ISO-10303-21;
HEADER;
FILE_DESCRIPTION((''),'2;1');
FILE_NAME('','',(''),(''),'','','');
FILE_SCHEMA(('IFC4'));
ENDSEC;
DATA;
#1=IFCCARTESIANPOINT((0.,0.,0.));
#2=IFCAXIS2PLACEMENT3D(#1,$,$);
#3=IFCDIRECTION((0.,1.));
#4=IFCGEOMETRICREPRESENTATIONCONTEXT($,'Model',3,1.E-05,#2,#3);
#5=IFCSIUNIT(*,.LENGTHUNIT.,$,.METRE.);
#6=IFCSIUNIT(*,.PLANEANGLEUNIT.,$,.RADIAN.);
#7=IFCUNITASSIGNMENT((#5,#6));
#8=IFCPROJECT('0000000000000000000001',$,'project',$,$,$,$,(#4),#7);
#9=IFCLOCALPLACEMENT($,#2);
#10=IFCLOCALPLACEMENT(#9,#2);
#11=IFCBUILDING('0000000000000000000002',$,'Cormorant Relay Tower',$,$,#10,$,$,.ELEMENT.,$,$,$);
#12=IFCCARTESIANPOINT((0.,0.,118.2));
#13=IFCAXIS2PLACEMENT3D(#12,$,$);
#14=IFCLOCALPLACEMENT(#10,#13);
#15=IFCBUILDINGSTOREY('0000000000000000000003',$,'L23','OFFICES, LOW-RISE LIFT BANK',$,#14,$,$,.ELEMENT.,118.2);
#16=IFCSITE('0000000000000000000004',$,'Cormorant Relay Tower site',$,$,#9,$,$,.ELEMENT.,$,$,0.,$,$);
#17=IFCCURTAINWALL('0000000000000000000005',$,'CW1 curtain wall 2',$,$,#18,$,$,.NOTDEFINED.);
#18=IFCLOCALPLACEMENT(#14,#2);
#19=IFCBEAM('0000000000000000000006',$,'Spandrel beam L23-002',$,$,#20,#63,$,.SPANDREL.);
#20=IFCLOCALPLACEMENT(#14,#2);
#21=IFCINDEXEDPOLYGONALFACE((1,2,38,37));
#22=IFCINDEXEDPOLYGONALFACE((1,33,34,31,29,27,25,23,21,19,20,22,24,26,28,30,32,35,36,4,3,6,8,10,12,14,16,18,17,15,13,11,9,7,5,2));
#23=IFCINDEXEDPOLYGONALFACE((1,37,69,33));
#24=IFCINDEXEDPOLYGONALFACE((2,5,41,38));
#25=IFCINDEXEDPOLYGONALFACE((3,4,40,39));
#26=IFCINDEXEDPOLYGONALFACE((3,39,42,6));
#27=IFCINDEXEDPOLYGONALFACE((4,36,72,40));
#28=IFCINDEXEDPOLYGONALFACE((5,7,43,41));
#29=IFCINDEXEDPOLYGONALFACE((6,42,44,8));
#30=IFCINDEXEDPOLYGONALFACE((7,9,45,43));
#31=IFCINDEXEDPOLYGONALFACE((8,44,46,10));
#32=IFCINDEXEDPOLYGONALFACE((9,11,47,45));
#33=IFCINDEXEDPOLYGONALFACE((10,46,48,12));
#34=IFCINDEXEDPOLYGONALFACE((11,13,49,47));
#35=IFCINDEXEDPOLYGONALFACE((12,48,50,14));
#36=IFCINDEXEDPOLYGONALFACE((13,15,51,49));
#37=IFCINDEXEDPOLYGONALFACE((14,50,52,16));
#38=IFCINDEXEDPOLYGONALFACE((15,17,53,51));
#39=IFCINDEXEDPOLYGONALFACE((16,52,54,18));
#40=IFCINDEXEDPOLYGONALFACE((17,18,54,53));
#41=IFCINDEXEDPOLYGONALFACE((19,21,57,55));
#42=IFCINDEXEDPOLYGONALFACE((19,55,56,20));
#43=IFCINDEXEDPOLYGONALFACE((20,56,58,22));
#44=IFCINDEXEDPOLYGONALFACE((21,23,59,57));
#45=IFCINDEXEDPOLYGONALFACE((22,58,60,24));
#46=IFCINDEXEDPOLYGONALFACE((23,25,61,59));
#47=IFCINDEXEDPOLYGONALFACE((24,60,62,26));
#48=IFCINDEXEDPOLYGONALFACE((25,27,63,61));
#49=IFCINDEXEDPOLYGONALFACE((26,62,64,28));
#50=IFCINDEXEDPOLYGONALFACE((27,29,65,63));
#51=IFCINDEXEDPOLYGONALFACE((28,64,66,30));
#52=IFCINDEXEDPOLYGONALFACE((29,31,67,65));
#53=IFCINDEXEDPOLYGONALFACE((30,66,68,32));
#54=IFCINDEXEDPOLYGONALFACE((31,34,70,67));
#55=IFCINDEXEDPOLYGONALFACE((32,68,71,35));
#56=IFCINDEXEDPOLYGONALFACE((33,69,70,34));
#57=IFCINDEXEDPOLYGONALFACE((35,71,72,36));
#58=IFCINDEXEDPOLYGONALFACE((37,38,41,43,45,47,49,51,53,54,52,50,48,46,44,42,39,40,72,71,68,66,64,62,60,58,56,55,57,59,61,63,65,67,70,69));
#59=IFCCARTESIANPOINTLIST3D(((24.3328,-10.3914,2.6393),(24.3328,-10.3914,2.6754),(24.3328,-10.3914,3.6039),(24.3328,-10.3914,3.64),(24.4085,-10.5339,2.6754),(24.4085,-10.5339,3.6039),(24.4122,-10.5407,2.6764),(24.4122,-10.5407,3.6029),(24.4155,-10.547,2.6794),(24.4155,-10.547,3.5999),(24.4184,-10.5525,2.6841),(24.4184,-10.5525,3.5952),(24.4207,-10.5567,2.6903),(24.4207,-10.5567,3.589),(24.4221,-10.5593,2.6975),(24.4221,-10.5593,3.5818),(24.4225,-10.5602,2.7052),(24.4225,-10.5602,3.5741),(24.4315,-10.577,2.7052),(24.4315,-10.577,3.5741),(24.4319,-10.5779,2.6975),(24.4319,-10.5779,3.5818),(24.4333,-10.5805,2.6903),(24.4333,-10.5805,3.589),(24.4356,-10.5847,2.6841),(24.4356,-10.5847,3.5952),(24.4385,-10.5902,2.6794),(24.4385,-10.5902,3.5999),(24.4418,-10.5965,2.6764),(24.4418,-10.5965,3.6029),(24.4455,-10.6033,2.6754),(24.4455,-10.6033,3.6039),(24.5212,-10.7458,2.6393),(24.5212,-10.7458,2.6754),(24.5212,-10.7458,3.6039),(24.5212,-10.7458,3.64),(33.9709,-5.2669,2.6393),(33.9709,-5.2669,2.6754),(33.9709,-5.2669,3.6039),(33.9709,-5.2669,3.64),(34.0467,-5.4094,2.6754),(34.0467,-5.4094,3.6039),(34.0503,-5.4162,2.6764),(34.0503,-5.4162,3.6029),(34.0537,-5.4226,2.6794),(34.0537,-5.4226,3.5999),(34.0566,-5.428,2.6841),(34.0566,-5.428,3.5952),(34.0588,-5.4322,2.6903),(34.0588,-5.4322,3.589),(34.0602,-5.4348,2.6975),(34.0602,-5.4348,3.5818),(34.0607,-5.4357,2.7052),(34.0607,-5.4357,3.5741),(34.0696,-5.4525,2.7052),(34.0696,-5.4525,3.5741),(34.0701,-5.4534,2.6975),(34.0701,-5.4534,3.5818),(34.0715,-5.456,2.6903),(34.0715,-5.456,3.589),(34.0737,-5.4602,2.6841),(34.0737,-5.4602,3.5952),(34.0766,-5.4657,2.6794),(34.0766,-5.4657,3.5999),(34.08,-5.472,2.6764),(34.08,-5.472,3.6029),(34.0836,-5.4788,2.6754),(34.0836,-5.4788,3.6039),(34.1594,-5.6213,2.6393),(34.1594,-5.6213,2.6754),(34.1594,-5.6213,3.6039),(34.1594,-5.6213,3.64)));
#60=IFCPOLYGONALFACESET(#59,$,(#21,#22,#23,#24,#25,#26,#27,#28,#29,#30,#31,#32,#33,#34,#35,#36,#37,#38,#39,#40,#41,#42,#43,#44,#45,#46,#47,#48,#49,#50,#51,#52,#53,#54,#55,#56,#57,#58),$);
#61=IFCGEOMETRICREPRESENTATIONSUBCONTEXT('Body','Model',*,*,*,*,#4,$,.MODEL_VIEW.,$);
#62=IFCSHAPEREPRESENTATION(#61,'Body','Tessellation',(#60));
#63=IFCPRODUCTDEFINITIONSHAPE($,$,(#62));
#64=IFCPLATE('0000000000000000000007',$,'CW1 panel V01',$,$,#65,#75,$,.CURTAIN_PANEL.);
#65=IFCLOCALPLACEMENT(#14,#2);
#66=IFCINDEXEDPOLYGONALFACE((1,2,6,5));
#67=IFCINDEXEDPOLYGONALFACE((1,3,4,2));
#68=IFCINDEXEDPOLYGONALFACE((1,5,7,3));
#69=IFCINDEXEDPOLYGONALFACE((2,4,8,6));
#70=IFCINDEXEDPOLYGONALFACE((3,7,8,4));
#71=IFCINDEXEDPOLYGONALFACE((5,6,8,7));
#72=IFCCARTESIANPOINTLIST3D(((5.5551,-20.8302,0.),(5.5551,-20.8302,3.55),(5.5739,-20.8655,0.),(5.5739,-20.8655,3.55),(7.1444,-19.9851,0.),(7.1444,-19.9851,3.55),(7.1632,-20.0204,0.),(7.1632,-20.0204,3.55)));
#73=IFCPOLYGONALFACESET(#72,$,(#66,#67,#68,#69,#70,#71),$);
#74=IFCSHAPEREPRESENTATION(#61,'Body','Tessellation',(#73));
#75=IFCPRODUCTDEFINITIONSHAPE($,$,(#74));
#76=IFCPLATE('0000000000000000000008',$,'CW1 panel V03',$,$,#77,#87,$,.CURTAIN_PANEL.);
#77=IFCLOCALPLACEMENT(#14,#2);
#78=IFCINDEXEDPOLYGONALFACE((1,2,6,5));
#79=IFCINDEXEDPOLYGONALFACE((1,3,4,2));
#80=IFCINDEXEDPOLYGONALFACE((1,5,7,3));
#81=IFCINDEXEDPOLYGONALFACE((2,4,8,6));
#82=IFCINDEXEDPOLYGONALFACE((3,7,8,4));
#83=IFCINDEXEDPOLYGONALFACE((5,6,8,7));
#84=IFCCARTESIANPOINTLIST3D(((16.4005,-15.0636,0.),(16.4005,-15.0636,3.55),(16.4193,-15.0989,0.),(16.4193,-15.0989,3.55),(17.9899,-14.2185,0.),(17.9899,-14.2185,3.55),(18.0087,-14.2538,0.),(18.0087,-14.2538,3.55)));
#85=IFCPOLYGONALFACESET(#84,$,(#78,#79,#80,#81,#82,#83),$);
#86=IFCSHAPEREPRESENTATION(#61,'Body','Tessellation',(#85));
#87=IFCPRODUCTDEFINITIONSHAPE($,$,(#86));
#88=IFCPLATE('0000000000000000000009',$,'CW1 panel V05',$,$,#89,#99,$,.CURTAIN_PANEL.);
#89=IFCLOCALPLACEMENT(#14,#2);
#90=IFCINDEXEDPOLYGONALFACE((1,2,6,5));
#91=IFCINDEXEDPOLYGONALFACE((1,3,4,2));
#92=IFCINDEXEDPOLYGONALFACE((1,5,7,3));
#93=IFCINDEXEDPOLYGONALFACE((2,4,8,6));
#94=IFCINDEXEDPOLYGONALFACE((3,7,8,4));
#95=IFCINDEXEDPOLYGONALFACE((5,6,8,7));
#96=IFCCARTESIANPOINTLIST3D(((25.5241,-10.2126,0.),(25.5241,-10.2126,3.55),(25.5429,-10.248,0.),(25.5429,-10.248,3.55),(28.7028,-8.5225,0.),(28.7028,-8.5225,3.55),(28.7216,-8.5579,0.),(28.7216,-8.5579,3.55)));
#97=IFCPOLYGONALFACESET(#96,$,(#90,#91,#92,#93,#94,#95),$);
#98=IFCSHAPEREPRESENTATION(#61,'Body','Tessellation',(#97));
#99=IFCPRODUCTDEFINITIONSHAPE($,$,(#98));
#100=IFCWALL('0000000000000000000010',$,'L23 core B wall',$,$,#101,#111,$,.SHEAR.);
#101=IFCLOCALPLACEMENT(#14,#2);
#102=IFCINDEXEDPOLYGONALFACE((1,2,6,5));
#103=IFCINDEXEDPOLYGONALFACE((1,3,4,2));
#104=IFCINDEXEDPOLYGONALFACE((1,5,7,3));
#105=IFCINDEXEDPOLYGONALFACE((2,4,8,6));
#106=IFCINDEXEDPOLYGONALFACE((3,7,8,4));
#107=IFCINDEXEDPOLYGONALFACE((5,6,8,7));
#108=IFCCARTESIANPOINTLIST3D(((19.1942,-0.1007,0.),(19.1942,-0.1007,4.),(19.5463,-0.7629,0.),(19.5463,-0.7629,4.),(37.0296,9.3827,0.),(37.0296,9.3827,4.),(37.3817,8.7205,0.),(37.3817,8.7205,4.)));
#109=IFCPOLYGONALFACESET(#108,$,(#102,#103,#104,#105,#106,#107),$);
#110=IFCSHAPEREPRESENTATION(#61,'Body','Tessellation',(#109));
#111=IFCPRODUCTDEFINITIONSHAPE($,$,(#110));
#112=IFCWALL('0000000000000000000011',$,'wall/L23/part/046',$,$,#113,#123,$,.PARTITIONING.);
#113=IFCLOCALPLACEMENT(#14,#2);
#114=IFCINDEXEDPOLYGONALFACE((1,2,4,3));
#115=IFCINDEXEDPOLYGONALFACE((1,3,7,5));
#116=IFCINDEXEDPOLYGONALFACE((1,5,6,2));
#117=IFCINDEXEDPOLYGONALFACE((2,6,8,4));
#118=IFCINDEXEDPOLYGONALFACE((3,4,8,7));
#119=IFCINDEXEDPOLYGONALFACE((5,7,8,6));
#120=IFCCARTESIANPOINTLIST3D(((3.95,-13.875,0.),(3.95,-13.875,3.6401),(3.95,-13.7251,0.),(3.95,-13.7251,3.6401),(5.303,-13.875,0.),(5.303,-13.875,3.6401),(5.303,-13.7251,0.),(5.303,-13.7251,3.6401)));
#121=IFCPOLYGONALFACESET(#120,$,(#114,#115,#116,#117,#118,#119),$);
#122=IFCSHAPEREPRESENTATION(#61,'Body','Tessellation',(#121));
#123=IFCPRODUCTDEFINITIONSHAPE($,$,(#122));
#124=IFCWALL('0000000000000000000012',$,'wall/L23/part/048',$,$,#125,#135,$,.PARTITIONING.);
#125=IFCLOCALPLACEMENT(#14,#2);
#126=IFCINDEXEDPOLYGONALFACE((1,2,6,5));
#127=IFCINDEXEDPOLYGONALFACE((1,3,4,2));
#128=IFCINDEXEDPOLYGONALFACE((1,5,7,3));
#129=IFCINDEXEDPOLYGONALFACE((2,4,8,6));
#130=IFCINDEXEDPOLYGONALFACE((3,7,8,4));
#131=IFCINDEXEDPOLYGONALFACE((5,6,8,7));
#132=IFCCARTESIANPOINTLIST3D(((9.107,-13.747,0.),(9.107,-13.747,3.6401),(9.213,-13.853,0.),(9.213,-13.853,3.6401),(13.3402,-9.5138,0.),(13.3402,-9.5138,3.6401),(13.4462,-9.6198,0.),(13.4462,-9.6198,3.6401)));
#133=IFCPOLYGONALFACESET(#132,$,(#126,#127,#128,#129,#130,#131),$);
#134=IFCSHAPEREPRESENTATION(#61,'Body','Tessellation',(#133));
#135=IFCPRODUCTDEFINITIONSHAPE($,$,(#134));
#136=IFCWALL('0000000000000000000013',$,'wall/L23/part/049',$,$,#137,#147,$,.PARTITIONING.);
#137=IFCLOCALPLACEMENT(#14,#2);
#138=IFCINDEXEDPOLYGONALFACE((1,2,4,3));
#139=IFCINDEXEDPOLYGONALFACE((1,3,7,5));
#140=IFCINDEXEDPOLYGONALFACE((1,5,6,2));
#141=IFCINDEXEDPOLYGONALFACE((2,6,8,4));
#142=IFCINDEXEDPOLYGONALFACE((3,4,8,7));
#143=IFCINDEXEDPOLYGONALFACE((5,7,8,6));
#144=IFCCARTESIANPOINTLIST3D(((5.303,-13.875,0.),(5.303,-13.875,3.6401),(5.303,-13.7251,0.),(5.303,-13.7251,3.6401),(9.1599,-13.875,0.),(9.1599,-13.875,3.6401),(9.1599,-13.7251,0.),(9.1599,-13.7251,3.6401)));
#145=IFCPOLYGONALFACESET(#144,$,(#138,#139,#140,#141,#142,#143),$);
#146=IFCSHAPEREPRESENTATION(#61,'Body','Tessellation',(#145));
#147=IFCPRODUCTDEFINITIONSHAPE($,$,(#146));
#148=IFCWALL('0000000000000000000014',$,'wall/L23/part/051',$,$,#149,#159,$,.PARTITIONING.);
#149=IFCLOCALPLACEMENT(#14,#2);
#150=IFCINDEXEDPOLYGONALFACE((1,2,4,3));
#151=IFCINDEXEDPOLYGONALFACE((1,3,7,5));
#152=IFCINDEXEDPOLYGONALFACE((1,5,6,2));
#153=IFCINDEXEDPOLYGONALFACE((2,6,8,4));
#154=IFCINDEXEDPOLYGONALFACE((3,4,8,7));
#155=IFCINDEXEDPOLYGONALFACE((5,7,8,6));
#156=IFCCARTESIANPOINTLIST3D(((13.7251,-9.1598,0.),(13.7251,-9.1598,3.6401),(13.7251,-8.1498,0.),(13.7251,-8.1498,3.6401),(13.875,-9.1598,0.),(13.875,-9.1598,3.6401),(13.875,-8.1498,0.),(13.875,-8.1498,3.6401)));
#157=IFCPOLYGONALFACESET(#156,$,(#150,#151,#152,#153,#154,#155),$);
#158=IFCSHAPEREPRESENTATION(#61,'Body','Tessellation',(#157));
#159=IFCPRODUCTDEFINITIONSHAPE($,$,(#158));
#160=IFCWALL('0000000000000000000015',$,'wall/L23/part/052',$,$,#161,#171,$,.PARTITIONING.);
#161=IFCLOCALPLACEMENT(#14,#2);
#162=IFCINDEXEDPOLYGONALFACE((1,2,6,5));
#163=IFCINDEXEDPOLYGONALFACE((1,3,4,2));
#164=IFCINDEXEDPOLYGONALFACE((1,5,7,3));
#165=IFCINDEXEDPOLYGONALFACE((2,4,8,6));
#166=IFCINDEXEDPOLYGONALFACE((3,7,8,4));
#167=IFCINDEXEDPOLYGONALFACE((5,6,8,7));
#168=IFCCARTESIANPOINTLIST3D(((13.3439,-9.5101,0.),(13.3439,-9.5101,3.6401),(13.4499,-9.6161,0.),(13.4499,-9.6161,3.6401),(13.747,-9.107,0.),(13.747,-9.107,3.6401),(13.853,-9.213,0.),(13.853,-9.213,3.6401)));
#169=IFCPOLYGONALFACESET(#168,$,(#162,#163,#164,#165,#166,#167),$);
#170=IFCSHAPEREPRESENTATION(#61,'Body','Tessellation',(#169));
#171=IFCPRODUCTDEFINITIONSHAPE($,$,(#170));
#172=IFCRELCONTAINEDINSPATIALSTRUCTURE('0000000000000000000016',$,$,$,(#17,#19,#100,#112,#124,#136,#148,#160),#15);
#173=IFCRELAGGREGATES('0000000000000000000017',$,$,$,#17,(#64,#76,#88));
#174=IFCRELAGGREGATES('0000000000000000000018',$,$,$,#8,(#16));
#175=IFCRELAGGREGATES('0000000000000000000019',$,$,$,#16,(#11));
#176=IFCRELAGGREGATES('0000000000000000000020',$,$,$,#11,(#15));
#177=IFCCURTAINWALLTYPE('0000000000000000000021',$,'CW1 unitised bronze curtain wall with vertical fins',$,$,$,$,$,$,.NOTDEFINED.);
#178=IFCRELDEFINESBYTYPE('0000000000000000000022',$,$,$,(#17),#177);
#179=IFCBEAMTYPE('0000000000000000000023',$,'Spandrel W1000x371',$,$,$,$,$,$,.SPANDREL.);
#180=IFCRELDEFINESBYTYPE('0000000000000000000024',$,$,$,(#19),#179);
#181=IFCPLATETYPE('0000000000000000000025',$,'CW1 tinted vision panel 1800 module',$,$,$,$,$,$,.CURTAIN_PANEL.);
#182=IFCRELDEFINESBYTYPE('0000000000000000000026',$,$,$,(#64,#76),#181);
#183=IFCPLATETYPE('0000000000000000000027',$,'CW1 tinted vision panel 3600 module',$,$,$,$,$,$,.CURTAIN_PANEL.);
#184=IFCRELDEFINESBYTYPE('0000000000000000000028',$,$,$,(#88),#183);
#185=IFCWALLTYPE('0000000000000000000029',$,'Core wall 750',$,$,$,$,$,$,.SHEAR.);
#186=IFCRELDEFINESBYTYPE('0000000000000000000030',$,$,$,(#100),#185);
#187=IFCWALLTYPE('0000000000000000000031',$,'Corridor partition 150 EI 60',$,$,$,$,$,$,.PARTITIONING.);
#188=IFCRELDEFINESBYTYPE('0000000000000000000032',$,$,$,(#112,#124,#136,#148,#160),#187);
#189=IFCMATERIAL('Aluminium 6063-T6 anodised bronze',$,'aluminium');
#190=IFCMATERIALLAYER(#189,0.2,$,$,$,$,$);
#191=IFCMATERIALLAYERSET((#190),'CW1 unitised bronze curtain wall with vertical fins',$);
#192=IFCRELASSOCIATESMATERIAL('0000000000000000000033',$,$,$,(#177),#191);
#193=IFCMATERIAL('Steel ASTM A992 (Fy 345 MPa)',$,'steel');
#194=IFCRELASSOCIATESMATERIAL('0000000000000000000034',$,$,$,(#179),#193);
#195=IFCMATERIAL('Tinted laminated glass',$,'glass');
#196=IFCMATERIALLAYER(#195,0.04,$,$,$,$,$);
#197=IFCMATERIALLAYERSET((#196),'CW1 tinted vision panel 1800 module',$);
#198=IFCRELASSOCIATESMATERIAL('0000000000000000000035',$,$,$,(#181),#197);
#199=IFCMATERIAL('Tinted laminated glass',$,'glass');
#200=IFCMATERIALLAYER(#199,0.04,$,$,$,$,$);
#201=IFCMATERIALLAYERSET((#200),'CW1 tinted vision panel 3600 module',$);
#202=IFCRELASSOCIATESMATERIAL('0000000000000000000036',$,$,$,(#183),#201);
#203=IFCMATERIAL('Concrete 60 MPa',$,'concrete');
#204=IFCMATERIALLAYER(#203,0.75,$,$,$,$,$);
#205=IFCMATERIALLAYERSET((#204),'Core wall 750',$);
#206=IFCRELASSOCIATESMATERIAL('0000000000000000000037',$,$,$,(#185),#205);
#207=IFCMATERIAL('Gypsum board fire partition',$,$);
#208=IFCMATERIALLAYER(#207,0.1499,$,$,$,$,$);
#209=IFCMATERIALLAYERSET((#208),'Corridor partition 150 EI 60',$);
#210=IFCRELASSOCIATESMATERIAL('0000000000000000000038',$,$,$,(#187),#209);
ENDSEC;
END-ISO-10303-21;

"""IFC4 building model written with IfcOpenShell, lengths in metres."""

from ifc_helpers import new_model, si_unit, direction, frame, frame_2d, origin, origin_2d, place, context, subcontext, project, spatial, rectangle, i_section, extrude, material, layer, layer_set, material_profile, profile_set, type_object, element, aggregate, save


model = new_model("IFC4")

# Units and contexts
model_context = context("Model", 3, precision=1e-05, world=origin(), true_north=direction((0.0, 1.0)))
body_context = subcontext(model_context, "Body", "Model", "MODEL_VIEW")
ifc_project = project(units=[si_unit("LENGTHUNIT", "METRE"), si_unit("PLANEANGLEUNIT", "RADIAN")], contexts=[model_context])

# Site, building, storey
site_placement = place(None, origin())
site = spatial("IfcSite", under=ifc_project, at=site_placement, Name="Cormorant Relay Tower site", CompositionType="ELEMENT", RefElevation=0.0)
building_placement = place(site_placement, origin())
building = spatial("IfcBuilding", under=site, at=building_placement, Name="Cormorant Relay Tower", CompositionType="ELEMENT")
storey_placement = place(building_placement, frame((0.0, 0.0, 118.2)))
storey = spatial("IfcBuildingStorey", under=building, at=storey_placement, Name="L23", Description="OFFICES, LOW-RISE LIFT BANK", CompositionType="ELEMENT", Elevation=118.2)

# Curtain wall
ifc_material_1 = material(Name="Aluminium 6063-T6 anodised bronze", Category="aluminium")
ifc_layer_1 = layer(ifc_material_1, 0.2)
ifc_layer_set_1 = layer_set([ifc_layer_1], Name="CW1 unitised bronze curtain wall with vertical fins")
curtain_wall_type = type_object("IfcCurtainWallType", Name="CW1 unitised bronze curtain wall with vertical fins", PredefinedType="NOTDEFINED", material=ifc_layer_set_1)
curtain_wall_placement = place(storey_placement, origin())
curtain_wall = element("IfcCurtainWall", 1, at=curtain_wall_placement, inside=storey, type_object=curtain_wall_type, Name="CW1 curtain wall 2", PredefinedType="NOTDEFINED")

# Beam
ifc_material_2 = material(Name="Steel ASTM A992 (Fy 345 MPa)", Category="steel")
ifc_material_profile_1 = material_profile(ifc_material_2, i_section(OverallWidth=0.4014, OverallDepth=1.0007, WebThickness=0.019, FlangeThickness=0.0361, FilletRadius=0.0298, at=origin_2d()), Name="W1000x371")
ifc_profile_set_1 = profile_set([ifc_material_profile_1], Name="Steel ASTM A992 (Fy 345 MPa)")
beam_type = type_object("IfcBeamType", Name="Spandrel W1000x371", PredefinedType="SPANDREL", material=ifc_profile_set_1)
beam_placement = place(storey_placement, frame((24.427, -10.5686, 3.1396), z_axis=(0.882955, 0.469457, 0.0), x_axis=(-0.469457, 0.882955, 0.0)))
element("IfcBeam", 2, at=beam_placement, inside=storey, type_object=beam_type, Name="Spandrel beam L23-002", PredefinedType="SPANDREL", context=body_context, shape_type="SweptSolid", body=[
    extrude(i_section(OverallWidth=0.4014, OverallDepth=1.0007, WebThickness=0.019, FlangeThickness=0.0361, FilletRadius=0.0298, at=origin_2d()), origin(), (0.0, 0.0, 1.0), 10.9158),
])

# Plates
ifc_material_3 = material(Name="Tinted laminated glass", Category="glass")
ifc_layer_2 = layer(ifc_material_3, 0.04)
ifc_layer_set_2 = layer_set([ifc_layer_2], Name="CW1 tinted vision panel 1800 module")
plate_type_1 = type_object("IfcPlateType", Name="CW1 tinted vision panel 1800 module", PredefinedType="CURTAIN_PANEL", material=ifc_layer_set_2)
plate_1_placement = place(storey_placement, frame((6.3591, -20.4253, 0.0), z_axis=(0.0, 0.0, 1.0), x_axis=(0.882948, 0.469472, 0.0)))
plate_1 = element("IfcPlate", 3, at=plate_1_placement, type_object=plate_type_1, Name="CW1 panel V01", PredefinedType="CURTAIN_PANEL", context=body_context, shape_type="SweptSolid", body=[
    extrude(rectangle(XDim=1.8, YDim=0.04, at=origin_2d()), origin(), (0.0, 0.0, 1.0), 3.55),
])
plate_2_placement = place(storey_placement, frame((17.2046, -14.6587, 0.0), z_axis=(0.0, 0.0, 1.0), x_axis=(0.882948, 0.469472, 0.0)))
plate_2 = element("IfcPlate", 4, at=plate_2_placement, type_object=plate_type_1, Name="CW1 panel V03", PredefinedType="CURTAIN_PANEL", context=body_context, shape_type="SweptSolid", body=[
    extrude(rectangle(XDim=1.8, YDim=0.04, at=origin_2d()), origin(), (0.0, 0.0, 1.0), 3.55),
])
ifc_material_4 = material(Name="Tinted laminated glass", Category="glass")
ifc_layer_3 = layer(ifc_material_4, 0.04)
ifc_layer_set_3 = layer_set([ifc_layer_3], Name="CW1 tinted vision panel 3600 module")
plate_type_2 = type_object("IfcPlateType", Name="CW1 tinted vision panel 3600 module", PredefinedType="CURTAIN_PANEL", material=ifc_layer_set_3)
plate_3_placement = place(storey_placement, frame((27.1228, -9.3853, 0.0), z_axis=(0.0, 0.0, 1.0), x_axis=(0.882948, 0.469472, 0.0)))
plate_3 = element("IfcPlate", 5, at=plate_3_placement, type_object=plate_type_2, Name="CW1 panel V05", PredefinedType="CURTAIN_PANEL", context=body_context, shape_type="SweptSolid", body=[
    extrude(rectangle(XDim=3.6001, YDim=0.04, at=origin_2d()), origin(), (0.0, 0.0, 1.0), 3.55),
])

# Shared definitions
ifc_material_5 = material(Name="Concrete 60 MPa", Category="concrete")
ifc_layer_4 = layer(ifc_material_5, 0.75)
ifc_layer_set_4 = layer_set([ifc_layer_4], Name="Core wall 750")
wall_type_1 = type_object("IfcWallType", Name="Core wall 750", PredefinedType="SHEAR", material=ifc_layer_set_4)

# Walls
wall_1_placement = place(storey_placement, frame((19.3701, -0.4319, 0.0), z_axis=(0.0, 0.0, 1.0), x_axis=(0.882945, 0.469476, 0.0)))
element("IfcWall", 6, at=wall_1_placement, inside=storey, type_object=wall_type_1, Name="L23 core B wall", PredefinedType="SHEAR", context=body_context, shape_type="SweptSolid", body=[
    extrude(rectangle(XDim=20.2, YDim=0.75, at=frame_2d((10.1001, 0.0))), origin(), (0.0, 0.0, 1.0), 4.0),
])
ifc_material_6 = material(Name="Gypsum board fire partition")
ifc_layer_5 = layer(ifc_material_6, 0.1499)
ifc_layer_set_5 = layer_set([ifc_layer_5], Name="Corridor partition 150 EI 60")
wall_type_2 = type_object("IfcWallType", Name="Corridor partition 150 EI 60", PredefinedType="PARTITIONING", material=ifc_layer_set_5)
wall_2_placement = place(storey_placement, frame((5.303, -13.8, 0.0), z_axis=(0.0, 0.0, 1.0), x_axis=(-1.0, 0.0, 0.0)))
element("IfcWall", 7, at=wall_2_placement, inside=storey, type_object=wall_type_2, Name="wall/L23/part/046", PredefinedType="PARTITIONING", context=body_context, shape_type="SweptSolid", body=[
    extrude(rectangle(XDim=1.353, YDim=0.1499, at=frame_2d((0.6765, 0.0))), origin(), (0.0, 0.0, 1.0), 3.6401),
])
wall_3_placement = place(storey_placement, frame((13.3931, -9.5669, 0.0), z_axis=(0.0, 0.0, 1.0), x_axis=(-0.707107, -0.707107, 0.0)))
element("IfcWall", 8, at=wall_3_placement, inside=storey, type_object=wall_type_2, Name="wall/L23/part/048", PredefinedType="PARTITIONING", context=body_context, shape_type="SweptSolid", body=[
    extrude(rectangle(XDim=5.9866, YDim=0.1499, at=frame_2d((2.9932, 0.0))), origin(), (0.0, 0.0, 1.0), 3.6401),
])
wall_4_placement = place(storey_placement, frame((9.1599, -13.8, 0.0), z_axis=(0.0, 0.0, 1.0), x_axis=(-1.0, 0.0, 0.0)))
element("IfcWall", 9, at=wall_4_placement, inside=storey, type_object=wall_type_2, Name="wall/L23/part/049", PredefinedType="PARTITIONING", context=body_context, shape_type="SweptSolid", body=[
    extrude(rectangle(XDim=3.8569, YDim=0.1499, at=frame_2d((1.9285, 0.0))), origin(), (0.0, 0.0, 1.0), 3.6401),
])
wall_5_placement = place(storey_placement, frame((13.8, -8.1499, 0.0), z_axis=(0.0, 0.0, 1.0), x_axis=(0.0, -1.0, 0.0)))
element("IfcWall", 10, at=wall_5_placement, inside=storey, type_object=wall_type_2, Name="wall/L23/part/051", PredefinedType="PARTITIONING", context=body_context, shape_type="SweptSolid", body=[
    extrude(rectangle(XDim=1.01, YDim=0.1499, at=frame_2d((0.5049, 0.0))), origin(), (0.0, 0.0, 1.0), 3.6401),
])
wall_6_placement = place(storey_placement, frame((13.8, -9.1599, 0.0), z_axis=(0.0, 0.0, 1.0), x_axis=(-0.707107, -0.707107, 0.0)))
element("IfcWall", 11, at=wall_6_placement, inside=storey, type_object=wall_type_2, Name="wall/L23/part/052", PredefinedType="PARTITIONING", context=body_context, shape_type="SweptSolid", body=[
    extrude(rectangle(XDim=0.5701, YDim=0.1499, at=frame_2d((0.2852, 0.0))), origin(), (0.0, 0.0, 1.0), 3.6401),
])

aggregate(curtain_wall, [plate_1, plate_2, plate_3])

save(model, "model.ifc")
